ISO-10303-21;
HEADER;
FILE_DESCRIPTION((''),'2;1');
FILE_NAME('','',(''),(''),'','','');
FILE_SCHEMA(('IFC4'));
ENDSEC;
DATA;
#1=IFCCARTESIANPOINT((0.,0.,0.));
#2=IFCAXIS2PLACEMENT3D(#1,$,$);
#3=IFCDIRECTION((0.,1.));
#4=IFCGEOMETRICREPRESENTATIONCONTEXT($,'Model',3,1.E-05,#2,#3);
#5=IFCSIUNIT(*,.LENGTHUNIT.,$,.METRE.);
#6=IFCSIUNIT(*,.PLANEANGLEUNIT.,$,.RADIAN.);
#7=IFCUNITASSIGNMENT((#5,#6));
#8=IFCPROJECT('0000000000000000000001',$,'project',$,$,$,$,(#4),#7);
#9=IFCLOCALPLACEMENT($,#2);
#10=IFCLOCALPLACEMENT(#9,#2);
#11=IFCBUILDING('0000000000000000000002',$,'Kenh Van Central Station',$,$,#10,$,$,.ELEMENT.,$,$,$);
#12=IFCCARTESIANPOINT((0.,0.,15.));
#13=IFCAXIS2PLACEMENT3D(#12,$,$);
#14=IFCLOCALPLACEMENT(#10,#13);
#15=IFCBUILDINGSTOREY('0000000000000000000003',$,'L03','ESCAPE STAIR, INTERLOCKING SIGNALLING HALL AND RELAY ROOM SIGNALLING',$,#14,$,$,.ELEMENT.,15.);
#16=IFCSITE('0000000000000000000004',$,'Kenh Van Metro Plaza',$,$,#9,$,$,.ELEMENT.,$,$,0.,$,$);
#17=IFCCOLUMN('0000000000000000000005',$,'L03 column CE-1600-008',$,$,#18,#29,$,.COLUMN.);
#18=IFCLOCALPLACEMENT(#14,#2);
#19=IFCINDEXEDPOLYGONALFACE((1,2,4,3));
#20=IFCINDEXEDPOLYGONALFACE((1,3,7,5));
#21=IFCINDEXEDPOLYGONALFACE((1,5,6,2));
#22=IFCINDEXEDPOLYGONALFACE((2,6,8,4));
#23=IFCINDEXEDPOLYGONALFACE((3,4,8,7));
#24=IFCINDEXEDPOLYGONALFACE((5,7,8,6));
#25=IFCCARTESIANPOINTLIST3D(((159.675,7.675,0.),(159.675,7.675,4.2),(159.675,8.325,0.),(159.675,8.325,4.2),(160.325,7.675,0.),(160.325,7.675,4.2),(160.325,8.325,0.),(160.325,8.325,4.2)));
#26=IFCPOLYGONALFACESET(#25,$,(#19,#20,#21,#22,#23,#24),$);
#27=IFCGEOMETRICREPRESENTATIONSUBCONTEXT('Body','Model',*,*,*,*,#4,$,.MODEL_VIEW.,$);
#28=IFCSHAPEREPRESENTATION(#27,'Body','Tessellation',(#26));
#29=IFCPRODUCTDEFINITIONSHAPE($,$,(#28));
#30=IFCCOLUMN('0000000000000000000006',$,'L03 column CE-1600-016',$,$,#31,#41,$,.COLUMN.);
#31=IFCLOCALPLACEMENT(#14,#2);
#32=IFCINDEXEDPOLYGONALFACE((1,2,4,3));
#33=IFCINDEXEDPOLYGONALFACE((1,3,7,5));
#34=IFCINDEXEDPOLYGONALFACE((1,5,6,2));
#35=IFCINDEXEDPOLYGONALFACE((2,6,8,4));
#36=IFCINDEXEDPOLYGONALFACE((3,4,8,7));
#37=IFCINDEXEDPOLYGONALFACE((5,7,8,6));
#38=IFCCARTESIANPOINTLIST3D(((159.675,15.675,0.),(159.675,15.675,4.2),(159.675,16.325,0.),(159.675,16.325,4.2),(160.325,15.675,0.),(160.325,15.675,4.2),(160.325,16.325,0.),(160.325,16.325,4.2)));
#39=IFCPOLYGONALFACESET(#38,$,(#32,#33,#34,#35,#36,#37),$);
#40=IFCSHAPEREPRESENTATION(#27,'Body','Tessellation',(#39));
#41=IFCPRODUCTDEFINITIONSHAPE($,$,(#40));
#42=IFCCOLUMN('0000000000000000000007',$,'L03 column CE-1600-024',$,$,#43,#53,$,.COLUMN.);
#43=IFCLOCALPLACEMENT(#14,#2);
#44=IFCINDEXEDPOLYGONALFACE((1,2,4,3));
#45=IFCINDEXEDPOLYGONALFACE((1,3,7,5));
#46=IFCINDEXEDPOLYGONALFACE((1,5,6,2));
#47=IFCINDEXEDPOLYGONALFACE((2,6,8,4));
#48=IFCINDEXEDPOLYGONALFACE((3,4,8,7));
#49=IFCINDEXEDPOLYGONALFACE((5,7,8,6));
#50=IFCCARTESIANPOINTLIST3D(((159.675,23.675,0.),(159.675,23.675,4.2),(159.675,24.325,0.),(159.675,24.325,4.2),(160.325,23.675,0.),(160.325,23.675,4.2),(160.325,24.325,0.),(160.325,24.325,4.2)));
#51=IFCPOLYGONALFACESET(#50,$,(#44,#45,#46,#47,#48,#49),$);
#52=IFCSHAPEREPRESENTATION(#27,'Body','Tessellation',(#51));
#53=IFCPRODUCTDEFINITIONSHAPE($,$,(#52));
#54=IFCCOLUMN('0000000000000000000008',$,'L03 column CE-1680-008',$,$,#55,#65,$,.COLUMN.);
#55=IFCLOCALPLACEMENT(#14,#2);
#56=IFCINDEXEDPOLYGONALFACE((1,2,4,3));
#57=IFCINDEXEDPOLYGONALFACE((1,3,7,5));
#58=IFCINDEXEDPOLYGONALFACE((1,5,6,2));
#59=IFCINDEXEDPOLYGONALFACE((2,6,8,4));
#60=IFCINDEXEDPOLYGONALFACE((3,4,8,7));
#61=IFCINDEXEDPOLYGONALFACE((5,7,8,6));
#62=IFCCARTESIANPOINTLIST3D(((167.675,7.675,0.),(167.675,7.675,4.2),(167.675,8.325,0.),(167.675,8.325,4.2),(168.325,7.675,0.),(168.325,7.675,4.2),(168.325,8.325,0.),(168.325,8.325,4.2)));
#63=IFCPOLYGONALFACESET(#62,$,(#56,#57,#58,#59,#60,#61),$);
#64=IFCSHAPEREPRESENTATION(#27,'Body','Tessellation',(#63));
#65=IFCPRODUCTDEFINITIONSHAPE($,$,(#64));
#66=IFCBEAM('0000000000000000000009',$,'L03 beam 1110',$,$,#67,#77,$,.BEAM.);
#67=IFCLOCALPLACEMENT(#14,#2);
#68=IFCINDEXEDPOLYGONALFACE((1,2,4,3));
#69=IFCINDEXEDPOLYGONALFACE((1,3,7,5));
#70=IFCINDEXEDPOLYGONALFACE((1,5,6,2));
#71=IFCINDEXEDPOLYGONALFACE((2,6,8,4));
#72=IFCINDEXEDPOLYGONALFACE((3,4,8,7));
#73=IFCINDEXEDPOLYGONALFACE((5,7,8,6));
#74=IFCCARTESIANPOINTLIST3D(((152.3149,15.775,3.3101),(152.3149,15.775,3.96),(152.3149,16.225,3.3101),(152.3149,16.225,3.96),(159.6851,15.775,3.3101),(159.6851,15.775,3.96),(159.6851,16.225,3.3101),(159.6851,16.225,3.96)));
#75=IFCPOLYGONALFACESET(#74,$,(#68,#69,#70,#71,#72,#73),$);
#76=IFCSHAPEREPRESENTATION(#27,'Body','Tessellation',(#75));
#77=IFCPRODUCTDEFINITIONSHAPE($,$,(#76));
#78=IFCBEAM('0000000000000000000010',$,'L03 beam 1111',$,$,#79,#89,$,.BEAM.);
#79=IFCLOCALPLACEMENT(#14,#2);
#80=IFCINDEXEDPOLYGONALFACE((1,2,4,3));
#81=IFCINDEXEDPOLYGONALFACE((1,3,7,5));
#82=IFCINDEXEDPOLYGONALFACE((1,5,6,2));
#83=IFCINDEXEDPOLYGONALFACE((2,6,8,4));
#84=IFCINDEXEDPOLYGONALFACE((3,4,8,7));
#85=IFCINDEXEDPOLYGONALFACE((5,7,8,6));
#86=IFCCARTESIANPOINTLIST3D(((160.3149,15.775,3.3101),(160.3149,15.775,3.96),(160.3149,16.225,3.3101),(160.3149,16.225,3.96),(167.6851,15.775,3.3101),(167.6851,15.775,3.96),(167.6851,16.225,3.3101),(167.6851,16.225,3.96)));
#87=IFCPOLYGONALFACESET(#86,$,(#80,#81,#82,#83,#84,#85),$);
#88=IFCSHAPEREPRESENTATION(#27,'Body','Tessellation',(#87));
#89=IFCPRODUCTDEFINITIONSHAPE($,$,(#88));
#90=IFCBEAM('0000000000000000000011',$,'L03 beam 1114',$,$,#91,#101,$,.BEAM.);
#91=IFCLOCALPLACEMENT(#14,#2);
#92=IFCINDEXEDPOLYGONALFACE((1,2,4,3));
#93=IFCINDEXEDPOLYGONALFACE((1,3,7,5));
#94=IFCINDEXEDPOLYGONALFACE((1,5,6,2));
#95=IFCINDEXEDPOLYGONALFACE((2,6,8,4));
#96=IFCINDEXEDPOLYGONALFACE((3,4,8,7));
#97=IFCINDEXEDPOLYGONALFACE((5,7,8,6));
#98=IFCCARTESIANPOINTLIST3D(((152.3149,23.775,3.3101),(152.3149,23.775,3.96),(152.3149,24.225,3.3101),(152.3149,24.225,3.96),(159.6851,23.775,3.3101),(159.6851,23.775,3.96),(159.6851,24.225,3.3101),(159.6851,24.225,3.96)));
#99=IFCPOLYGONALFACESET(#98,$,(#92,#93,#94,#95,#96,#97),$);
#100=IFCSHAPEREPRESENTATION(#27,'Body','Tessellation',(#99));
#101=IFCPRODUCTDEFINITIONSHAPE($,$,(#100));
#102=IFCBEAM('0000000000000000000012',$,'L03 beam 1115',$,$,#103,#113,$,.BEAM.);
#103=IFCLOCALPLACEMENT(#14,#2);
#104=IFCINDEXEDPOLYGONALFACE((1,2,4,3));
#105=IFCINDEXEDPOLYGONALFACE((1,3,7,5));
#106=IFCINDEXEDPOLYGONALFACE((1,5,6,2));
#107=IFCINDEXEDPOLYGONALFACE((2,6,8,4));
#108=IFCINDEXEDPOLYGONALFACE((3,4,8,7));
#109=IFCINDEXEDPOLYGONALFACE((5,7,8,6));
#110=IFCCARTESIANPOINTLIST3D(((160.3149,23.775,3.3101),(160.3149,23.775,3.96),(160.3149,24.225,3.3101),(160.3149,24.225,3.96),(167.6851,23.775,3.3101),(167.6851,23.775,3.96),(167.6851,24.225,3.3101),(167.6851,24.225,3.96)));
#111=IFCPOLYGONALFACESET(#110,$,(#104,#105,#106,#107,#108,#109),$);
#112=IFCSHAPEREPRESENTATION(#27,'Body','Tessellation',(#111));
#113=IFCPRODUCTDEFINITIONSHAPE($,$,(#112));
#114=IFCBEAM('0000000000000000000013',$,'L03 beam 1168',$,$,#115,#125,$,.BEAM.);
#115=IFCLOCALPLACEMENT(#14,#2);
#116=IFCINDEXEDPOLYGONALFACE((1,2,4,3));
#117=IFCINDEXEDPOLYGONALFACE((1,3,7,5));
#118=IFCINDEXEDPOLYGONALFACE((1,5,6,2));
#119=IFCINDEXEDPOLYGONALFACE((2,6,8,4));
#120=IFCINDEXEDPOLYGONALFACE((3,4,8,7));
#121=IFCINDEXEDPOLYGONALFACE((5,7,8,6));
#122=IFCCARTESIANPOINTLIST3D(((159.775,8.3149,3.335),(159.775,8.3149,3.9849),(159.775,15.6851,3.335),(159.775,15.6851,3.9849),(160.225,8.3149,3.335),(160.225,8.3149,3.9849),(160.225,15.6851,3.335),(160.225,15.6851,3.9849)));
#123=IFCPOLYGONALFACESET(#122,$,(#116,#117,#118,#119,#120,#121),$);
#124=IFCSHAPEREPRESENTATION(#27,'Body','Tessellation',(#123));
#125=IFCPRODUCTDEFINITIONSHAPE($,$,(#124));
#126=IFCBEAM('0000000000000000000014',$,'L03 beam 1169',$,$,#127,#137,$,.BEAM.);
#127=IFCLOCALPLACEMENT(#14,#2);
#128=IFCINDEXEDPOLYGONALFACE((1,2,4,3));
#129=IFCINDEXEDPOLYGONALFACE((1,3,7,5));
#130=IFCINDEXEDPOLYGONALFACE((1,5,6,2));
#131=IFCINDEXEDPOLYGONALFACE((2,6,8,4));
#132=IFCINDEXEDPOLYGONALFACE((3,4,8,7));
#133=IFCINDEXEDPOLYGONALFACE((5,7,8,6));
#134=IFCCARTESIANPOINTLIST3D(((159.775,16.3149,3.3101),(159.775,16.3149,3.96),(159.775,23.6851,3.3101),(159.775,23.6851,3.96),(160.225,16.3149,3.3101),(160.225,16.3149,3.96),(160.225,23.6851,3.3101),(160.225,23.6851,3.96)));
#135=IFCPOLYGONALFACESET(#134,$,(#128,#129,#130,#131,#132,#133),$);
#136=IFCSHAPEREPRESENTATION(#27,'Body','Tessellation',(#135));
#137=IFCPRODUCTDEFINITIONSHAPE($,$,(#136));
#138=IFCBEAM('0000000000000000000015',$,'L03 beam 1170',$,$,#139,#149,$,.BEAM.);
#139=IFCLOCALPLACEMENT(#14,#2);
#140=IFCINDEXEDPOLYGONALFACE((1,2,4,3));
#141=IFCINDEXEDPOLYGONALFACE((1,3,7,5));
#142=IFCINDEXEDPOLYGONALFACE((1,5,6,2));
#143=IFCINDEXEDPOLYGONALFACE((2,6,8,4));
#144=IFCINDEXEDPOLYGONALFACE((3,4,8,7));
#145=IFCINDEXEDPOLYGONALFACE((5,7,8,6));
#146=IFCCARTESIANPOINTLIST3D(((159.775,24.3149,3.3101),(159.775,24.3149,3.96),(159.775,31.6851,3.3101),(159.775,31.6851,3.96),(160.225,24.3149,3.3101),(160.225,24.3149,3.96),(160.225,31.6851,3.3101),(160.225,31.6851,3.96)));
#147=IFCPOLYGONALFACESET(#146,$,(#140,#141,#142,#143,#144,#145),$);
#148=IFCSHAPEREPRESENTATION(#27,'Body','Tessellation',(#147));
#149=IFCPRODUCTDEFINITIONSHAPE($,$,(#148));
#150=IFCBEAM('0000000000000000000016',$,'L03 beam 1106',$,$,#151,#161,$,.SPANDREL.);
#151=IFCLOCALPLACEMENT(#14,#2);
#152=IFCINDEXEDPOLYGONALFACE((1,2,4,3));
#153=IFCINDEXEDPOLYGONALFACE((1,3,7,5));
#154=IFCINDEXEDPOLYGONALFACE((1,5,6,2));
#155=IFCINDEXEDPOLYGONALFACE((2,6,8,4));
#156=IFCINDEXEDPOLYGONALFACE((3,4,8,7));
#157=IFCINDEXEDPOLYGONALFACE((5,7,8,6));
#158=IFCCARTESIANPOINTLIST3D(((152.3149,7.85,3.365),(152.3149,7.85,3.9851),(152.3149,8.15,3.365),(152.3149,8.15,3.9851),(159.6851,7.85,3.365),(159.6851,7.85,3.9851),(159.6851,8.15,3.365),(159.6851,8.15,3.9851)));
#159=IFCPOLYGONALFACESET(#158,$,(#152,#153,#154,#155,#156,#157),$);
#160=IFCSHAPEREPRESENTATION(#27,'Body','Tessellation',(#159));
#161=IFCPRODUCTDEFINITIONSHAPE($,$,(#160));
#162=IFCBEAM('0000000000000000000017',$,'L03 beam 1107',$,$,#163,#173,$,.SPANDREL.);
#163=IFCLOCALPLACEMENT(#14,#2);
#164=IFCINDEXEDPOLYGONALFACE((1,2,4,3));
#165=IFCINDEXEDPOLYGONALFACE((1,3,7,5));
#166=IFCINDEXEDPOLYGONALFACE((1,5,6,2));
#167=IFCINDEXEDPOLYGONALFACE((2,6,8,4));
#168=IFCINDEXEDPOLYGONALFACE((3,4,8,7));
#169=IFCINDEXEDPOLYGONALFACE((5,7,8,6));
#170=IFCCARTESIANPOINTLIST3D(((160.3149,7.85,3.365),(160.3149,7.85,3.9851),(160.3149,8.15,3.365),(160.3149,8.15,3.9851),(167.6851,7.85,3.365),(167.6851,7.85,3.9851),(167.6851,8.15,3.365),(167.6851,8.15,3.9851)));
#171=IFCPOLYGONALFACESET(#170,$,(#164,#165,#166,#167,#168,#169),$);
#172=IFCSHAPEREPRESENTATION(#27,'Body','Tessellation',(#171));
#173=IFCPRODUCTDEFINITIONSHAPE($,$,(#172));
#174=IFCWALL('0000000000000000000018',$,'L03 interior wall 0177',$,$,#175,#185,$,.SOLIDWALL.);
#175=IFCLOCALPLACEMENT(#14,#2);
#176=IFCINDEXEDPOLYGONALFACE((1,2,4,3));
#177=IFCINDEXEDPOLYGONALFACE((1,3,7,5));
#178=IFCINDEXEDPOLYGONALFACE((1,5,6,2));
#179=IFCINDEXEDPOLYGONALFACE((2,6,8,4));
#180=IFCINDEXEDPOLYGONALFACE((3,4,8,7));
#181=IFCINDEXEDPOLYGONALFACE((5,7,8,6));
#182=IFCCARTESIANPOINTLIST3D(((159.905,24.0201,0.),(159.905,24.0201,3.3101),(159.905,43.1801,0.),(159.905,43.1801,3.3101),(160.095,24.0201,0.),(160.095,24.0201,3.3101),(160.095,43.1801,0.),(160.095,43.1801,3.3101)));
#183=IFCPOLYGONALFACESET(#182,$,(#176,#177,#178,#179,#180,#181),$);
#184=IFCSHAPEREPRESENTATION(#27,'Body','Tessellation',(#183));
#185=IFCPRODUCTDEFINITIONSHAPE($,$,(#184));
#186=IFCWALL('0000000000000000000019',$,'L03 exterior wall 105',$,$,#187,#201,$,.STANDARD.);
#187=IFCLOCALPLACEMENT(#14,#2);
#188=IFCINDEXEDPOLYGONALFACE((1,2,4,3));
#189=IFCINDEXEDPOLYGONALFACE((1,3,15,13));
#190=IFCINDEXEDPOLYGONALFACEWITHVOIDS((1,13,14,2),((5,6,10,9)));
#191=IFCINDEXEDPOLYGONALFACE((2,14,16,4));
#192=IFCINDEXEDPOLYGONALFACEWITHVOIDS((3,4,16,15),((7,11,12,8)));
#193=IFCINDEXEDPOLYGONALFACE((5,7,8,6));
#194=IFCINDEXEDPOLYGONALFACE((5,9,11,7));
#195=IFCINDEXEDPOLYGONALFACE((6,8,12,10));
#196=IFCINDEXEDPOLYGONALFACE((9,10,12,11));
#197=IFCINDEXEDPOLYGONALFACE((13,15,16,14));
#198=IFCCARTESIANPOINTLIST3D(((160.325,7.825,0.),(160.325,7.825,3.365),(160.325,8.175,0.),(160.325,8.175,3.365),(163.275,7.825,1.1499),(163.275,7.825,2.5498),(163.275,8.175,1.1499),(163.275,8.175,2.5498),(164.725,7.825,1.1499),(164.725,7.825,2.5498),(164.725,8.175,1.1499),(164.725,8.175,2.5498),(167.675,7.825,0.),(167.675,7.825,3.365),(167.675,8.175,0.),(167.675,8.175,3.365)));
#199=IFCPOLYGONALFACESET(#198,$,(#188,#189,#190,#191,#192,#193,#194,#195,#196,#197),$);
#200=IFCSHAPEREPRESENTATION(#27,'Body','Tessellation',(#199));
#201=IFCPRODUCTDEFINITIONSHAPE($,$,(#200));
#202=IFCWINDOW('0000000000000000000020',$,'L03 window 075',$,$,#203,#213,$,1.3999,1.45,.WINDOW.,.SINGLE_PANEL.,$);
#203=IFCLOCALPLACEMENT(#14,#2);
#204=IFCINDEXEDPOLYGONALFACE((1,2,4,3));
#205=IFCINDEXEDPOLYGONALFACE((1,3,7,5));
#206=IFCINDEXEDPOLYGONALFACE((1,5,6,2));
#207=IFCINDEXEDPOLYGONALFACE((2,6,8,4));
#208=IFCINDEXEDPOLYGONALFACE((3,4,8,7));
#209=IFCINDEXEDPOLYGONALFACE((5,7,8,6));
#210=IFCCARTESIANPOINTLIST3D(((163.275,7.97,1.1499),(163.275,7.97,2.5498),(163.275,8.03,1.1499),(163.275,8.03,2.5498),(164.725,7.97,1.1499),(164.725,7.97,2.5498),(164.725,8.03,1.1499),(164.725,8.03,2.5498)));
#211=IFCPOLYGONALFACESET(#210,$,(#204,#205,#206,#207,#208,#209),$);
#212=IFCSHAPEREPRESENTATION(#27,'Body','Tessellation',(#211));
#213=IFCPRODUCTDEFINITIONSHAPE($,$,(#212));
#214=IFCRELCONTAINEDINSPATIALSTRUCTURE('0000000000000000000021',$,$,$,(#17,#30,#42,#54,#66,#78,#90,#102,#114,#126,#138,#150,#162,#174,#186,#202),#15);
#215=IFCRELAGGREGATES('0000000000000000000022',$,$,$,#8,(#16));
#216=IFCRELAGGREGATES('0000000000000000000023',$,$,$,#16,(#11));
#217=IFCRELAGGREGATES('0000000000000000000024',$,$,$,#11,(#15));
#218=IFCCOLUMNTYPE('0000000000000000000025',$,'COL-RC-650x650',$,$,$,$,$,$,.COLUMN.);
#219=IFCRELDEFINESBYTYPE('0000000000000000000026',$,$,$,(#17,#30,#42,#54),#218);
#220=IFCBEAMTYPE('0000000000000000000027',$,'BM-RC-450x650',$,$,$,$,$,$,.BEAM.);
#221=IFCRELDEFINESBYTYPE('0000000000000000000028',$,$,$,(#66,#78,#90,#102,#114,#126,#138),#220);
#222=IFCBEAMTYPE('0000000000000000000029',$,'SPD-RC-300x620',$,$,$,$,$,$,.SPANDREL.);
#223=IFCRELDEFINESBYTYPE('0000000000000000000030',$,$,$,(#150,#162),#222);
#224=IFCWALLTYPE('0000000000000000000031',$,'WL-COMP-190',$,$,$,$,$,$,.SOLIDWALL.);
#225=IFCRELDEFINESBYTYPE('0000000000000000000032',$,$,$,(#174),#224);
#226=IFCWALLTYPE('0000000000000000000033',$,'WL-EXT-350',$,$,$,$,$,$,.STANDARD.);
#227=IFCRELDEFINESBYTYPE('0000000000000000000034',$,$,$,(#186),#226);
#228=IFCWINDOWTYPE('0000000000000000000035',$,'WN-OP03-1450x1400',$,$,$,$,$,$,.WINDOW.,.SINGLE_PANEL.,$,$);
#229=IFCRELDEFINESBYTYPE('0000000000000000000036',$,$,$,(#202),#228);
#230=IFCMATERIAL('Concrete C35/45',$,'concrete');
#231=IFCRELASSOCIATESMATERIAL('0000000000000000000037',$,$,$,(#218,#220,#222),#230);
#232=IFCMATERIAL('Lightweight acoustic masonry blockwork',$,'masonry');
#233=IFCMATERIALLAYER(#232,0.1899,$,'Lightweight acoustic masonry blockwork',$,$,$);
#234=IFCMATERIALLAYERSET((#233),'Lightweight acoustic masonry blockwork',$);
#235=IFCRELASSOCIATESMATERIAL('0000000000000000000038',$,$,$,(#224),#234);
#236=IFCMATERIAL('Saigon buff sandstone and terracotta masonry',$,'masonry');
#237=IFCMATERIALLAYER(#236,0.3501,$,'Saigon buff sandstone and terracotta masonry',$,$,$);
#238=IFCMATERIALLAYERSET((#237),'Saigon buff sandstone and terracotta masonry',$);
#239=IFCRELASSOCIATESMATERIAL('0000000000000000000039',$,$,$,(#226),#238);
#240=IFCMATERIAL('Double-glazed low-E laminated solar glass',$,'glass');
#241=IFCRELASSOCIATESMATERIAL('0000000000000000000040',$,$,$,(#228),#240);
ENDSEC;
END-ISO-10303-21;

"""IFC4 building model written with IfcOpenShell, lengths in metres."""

from ifc_helpers import new_model, si_unit, direction, frame, frame_2d, origin, origin_2d, place, context, subcontext, project, spatial, rectangle, extrude, material, layer, layer_set, material_profile, profile_set, type_object, element, fill, save


model = new_model("IFC4")

# Units and contexts
model_context = context("Model", 3, precision=1e-05, world=origin(), true_north=direction((0.0, 1.0)))
body_context = subcontext(model_context, "Body", "Model", "MODEL_VIEW")
ifc_project = project(units=[si_unit("LENGTHUNIT", "METRE"), si_unit("PLANEANGLEUNIT", "RADIAN")], contexts=[model_context])

# Site, building, storey
site_placement = place(None, origin())
site = spatial("IfcSite", under=ifc_project, at=site_placement, Name="Kenh Van Metro Plaza", CompositionType="ELEMENT", RefElevation=0.0)
building_placement = place(site_placement, origin())
building = spatial("IfcBuilding", under=site, at=building_placement, Name="Kenh Van Central Station", CompositionType="ELEMENT")
storey_placement = place(building_placement, frame((0.0, 0.0, 15.0)))
storey = spatial("IfcBuildingStorey", under=building, at=storey_placement, Name="L03", Description="ESCAPE STAIR, INTERLOCKING SIGNALLING HALL AND RELAY ROOM SIGNALLING", CompositionType="ELEMENT", Elevation=15.0)

# Columns
ifc_material_1 = material(Name="Concrete C35/45", Category="concrete")
ifc_material_profile_1 = material_profile(ifc_material_1, rectangle(XDim=0.6499, YDim=0.6499, at=origin_2d()), Name="RC 650x650")
ifc_profile_set_1 = profile_set([ifc_material_profile_1], Name="Concrete C35/45")
column_type = type_object("IfcColumnType", Name="COL-RC-650x650", PredefinedType="COLUMN", material=ifc_profile_set_1)
for number, where, z_axis, x_axis, name in (
    (1, (160.0, 8.0, 0.0), (0.0, 0.0, 1.0), (1.0, 0.0, 0.0), "L03 column CE-1600-008"),
    (2, (160.0, 16.0, 0.0), (0.0, 0.0, 1.0), (1.0, 0.0, 0.0), "L03 column CE-1600-016"),
    (3, (160.0, 24.0, 0.0), (0.0, 0.0, 1.0), (1.0, 0.0, 0.0), "L03 column CE-1600-024"),
    (4, (168.0, 8.0, 0.0), (0.0, 0.0, 1.0), (1.0, 0.0, 0.0), "L03 column CE-1680-008"),
):
    element("IfcColumn", number, at=place(storey_placement, frame(where, z_axis=z_axis, x_axis=x_axis)), inside=storey, type_object=column_type, Name=name, PredefinedType="COLUMN", context=body_context, shape_type="SweptSolid", body=[
        extrude(rectangle(XDim=0.6499, YDim=0.6499, at=origin_2d()), origin(), (0.0, 0.0, 1.0), 4.2),
    ])

# Beams
ifc_material_profile_2 = material_profile(ifc_material_1, rectangle(XDim=0.45, YDim=0.6499, at=origin_2d()), Name="RC 450x650")
ifc_profile_set_2 = profile_set([ifc_material_profile_2], Name="Concrete C35/45")
beam_type_1 = type_object("IfcBeamType", Name="BM-RC-450x650", PredefinedType="BEAM", material=ifc_profile_set_2)
for number, where, z_axis, x_axis, name in (
    (5, (152.3149, 16.0, 3.635), (1.0, 0.0, 0.0), (0.0, 1.0, 0.0), "L03 beam 1110"),
    (6, (160.3149, 16.0, 3.635), (1.0, 0.0, 0.0), (0.0, 1.0, 0.0), "L03 beam 1111"),
    (7, (152.3149, 24.0, 3.635), (1.0, 0.0, 0.0), (0.0, 1.0, 0.0), "L03 beam 1114"),
    (8, (160.3149, 24.0, 3.635), (1.0, 0.0, 0.0), (0.0, 1.0, 0.0), "L03 beam 1115"),
    (9, (160.0, 8.3149, 3.6599), (0.0, 1.0, 0.0), (-1.0, 0.0, 0.0), "L03 beam 1168"),
    (10, (160.0, 16.3149, 3.635), (0.0, 1.0, 0.0), (-1.0, 0.0, 0.0), "L03 beam 1169"),
    (11, (160.0, 24.3149, 3.635), (0.0, 1.0, 0.0), (-1.0, 0.0, 0.0), "L03 beam 1170"),
):
    element("IfcBeam", number, at=place(storey_placement, frame(where, z_axis=z_axis, x_axis=x_axis)), inside=storey, type_object=beam_type_1, Name=name, PredefinedType="BEAM", context=body_context, shape_type="SweptSolid", body=[
        extrude(rectangle(XDim=0.45, YDim=0.6499, at=origin_2d()), origin(), (0.0, 0.0, 1.0), 7.3701),
    ])
ifc_material_profile_3 = material_profile(ifc_material_1, rectangle(XDim=0.3, YDim=0.6201, at=origin_2d()), Name="RC 300x620")
ifc_profile_set_3 = profile_set([ifc_material_profile_3], Name="Concrete C35/45")
beam_type_2 = type_object("IfcBeamType", Name="SPD-RC-300x620", PredefinedType="SPANDREL", material=ifc_profile_set_3)
for number, where, z_axis, x_axis, name in (
    (12, (152.3149, 8.0, 3.675), (1.0, 0.0, 0.0), (0.0, 1.0, 0.0), "L03 beam 1106"),
    (13, (160.3149, 8.0, 3.675), (1.0, 0.0, 0.0), (0.0, 1.0, 0.0), "L03 beam 1107"),
):
    element("IfcBeam", number, at=place(storey_placement, frame(where, z_axis=z_axis, x_axis=x_axis)), inside=storey, type_object=beam_type_2, Name=name, PredefinedType="SPANDREL", context=body_context, shape_type="SweptSolid", body=[
        extrude(rectangle(XDim=0.3, YDim=0.6201, at=origin_2d()), origin(), (0.0, 0.0, 1.0), 7.3701),
    ])

# Wall
ifc_material_2 = material(Name="Lightweight acoustic masonry blockwork", Category="masonry")
ifc_layer_1 = layer(ifc_material_2, 0.1899, Name="Lightweight acoustic masonry blockwork")
ifc_layer_set_1 = layer_set([ifc_layer_1], Name="Lightweight acoustic masonry blockwork")
wall_type_1 = type_object("IfcWallType", Name="WL-COMP-190", PredefinedType="SOLIDWALL", material=ifc_layer_set_1)
wall_1_placement = place(storey_placement, frame((160.0, 24.02, 0.0), z_axis=(0.0, 0.0, 1.0), x_axis=(0.0, 1.0, 0.0)))
element("IfcWall", 14, at=wall_1_placement, inside=storey, type_object=wall_type_1, Name="L03 interior wall 0177", PredefinedType="SOLIDWALL", context=body_context, shape_type="SweptSolid", body=[
    extrude(rectangle(XDim=19.1599, YDim=0.1899, at=frame_2d((9.5801, 0.0))), origin(), (0.0, 0.0, 1.0), 3.3101),
])

# Wall, opening, window
ifc_material_3 = material(Name="Saigon buff sandstone and terracotta masonry", Category="masonry")
ifc_layer_2 = layer(ifc_material_3, 0.3501, Name="Saigon buff sandstone and terracotta masonry")
ifc_layer_set_2 = layer_set([ifc_layer_2], Name="Saigon buff sandstone and terracotta masonry")
wall_type_2 = type_object("IfcWallType", Name="WL-EXT-350", PredefinedType="STANDARD", material=ifc_layer_set_2)
wall_2_placement = place(storey_placement, frame((160.325, 8.0, 0.0), z_axis=(0.0, 0.0, 1.0), x_axis=(1.0, 0.0, 0.0)))
wall_2 = element("IfcWall", 15, at=wall_2_placement, inside=storey, type_object=wall_type_2, Name="L03 exterior wall 105", PredefinedType="STANDARD", context=body_context, shape_type="SweptSolid", body=[
    extrude(rectangle(XDim=7.3501, YDim=0.3501, at=frame_2d((3.675, 0.0))), origin(), (0.0, 0.0, 1.0), 3.365),
])
opening_1_placement = place(wall_2_placement, frame((2.95, 0.0, 1.1499)))
opening_1 = element("IfcOpeningElement", 16, at=opening_1_placement, cuts=wall_2, PredefinedType="OPENING", context=body_context, shape_type="SweptSolid", body=[
    extrude(rectangle(XDim=1.45, YDim=1.3999, at=frame_2d((0.7251, 0.7))), frame((0.0, 0.1851, 0.0), z_axis=(0.0, -1.0, 0.0), x_axis=(1.0, 0.0, 0.0)), (0.0, 0.0, 1.0), 0.3701),
])
ifc_material_4 = material(Name="Double-glazed low-E laminated solar glass", Category="glass")
window_type_1 = type_object("IfcWindowType", Name="WN-OP03-1450x1400", PartitioningType="SINGLE_PANEL", PredefinedType="WINDOW", material=ifc_material_4)
window_1_placement = place(opening_1_placement, origin())
window_1 = element("IfcWindow", 17, at=window_1_placement, inside=storey, type_object=window_type_1, Name="L03 window 075", OverallHeight=1.3999, OverallWidth=1.45, PartitioningType="SINGLE_PANEL", PredefinedType="WINDOW", context=body_context, shape_type="SweptSolid", body=[
    extrude(rectangle(XDim=1.45, YDim=1.3999, at=frame_2d((0.7251, 0.7))), frame((0.0, 0.03, 0.0), z_axis=(0.0, -1.0, 0.0), x_axis=(1.0, 0.0, 0.0)), (0.0, 0.0, 1.0), 0.0601),
])
fill(opening_1, window_1)

save(model, "model.ifc")
